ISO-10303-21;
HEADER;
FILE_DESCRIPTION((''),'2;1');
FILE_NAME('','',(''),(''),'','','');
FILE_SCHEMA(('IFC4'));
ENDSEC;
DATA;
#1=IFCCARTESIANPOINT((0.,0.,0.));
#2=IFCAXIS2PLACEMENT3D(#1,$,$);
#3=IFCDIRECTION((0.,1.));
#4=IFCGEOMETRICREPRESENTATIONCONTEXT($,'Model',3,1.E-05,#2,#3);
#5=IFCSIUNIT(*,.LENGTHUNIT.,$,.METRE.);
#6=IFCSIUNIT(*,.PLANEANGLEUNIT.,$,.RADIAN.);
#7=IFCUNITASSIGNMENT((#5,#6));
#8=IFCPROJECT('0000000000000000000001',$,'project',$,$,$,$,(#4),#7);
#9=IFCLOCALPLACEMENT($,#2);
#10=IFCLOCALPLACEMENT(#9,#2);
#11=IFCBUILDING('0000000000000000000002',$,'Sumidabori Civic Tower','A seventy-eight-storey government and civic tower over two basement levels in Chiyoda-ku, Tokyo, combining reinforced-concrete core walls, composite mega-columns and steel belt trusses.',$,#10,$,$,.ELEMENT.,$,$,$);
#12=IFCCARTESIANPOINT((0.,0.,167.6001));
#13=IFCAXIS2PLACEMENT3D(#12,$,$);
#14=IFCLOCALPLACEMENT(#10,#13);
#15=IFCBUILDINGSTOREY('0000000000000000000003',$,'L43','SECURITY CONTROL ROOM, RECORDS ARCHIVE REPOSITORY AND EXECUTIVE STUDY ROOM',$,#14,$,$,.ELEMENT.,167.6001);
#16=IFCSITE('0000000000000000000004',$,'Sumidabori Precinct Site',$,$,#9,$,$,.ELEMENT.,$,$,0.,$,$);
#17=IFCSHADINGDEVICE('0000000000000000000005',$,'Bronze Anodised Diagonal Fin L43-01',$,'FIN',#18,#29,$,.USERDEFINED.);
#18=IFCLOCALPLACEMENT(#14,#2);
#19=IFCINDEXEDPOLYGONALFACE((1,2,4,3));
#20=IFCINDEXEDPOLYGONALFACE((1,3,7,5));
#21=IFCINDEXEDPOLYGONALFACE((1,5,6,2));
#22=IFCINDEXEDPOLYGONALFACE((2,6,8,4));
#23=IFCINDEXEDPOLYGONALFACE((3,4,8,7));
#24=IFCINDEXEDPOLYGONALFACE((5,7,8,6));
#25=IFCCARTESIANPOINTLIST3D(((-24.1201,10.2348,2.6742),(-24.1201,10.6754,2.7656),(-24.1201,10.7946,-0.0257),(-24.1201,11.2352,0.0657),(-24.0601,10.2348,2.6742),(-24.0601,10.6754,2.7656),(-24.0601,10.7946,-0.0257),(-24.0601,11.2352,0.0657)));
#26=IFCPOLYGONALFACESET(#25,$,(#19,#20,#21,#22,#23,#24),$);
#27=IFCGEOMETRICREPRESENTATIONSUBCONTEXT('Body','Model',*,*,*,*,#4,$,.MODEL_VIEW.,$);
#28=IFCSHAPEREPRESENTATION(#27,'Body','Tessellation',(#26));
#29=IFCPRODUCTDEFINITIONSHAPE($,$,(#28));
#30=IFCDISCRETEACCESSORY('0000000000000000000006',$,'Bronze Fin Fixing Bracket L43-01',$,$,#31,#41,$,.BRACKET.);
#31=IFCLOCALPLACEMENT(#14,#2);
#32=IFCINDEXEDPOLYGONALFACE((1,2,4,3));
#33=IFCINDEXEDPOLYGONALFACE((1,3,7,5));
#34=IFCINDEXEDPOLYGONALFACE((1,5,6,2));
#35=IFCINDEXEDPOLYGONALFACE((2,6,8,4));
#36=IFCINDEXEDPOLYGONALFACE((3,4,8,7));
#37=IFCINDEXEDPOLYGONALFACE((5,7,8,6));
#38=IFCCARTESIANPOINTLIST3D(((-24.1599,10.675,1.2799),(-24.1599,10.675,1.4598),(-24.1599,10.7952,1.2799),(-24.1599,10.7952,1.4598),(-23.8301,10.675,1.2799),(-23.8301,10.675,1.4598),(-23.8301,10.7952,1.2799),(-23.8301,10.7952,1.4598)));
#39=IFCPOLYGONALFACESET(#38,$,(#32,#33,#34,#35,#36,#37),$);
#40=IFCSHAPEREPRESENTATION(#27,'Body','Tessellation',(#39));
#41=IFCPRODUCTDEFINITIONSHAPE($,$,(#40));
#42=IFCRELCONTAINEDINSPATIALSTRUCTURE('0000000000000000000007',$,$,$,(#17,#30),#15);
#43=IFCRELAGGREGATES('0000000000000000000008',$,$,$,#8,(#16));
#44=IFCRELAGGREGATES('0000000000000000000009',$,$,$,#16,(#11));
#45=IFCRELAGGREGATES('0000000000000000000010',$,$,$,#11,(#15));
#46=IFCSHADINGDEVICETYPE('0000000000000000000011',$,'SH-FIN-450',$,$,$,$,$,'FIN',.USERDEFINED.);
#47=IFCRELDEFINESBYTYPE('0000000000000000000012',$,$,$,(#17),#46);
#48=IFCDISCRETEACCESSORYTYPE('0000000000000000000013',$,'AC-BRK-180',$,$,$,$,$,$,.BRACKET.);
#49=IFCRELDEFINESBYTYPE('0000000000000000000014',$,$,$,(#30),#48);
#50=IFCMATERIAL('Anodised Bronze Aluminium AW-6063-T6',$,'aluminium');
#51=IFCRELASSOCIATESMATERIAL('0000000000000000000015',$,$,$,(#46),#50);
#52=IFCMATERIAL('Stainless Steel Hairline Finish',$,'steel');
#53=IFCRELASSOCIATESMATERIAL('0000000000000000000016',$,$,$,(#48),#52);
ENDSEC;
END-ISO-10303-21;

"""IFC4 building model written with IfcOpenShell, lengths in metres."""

from ifc_helpers import new_model, si_unit, direction, frame, origin, origin_2d, place, context, subcontext, project, spatial, rectangle, extrude, source, transform, mapped, material, material_profile, profile_set, type_object, element, save


model = new_model("IFC4")

# Units and contexts
model_context = context("Model", 3, precision=1e-05, world=origin(), true_north=direction((0.0, 1.0)))
body_context = subcontext(model_context, "Body", "Model", "MODEL_VIEW")
ifc_project = project(units=[si_unit("LENGTHUNIT", "METRE"), si_unit("PLANEANGLEUNIT", "RADIAN")], contexts=[model_context])

# Site, building, storey
site_placement = place(None, origin())
site = spatial("IfcSite", under=ifc_project, at=site_placement, Name="Sumidabori Precinct Site", CompositionType="ELEMENT", RefElevation=0.0)
building_placement = place(site_placement, origin())
building = spatial("IfcBuilding", under=site, at=building_placement, Name="Sumidabori Civic Tower", Description="A seventy-eight-storey government and civic tower over two basement levels in Chiyoda-ku, Tokyo, combining reinforced-concrete core walls, composite mega-columns and steel belt trusses.", CompositionType="ELEMENT")
storey_placement = place(building_placement, frame((0.0, 0.0, 167.6001)))
storey = spatial("IfcBuildingStorey", under=building, at=storey_placement, Name="L43", Description="SECURITY CONTROL ROOM, RECORDS ARCHIVE REPOSITORY AND EXECUTIVE STUDY ROOM", CompositionType="ELEMENT", Elevation=167.6001)

# Shared definitions
ifc_material_1 = material(Name="Anodised Bronze Aluminium AW-6063-T6", Category="aluminium")

# Shading device
ifc_material_profile_1 = material_profile(ifc_material_1, rectangle(XDim=0.0601, YDim=0.45, at=origin_2d()), Name="BRONZE FIN 450x60")
ifc_profile_set_1 = profile_set([ifc_material_profile_1], Name="Anodised Bronze Aluminium AW-6063-T6")
shading_device_type = type_object("IfcShadingDeviceType", Name="SH-FIN-450", ElementType="FIN", PredefinedType="USERDEFINED", material=ifc_profile_set_1)
shared_shape_1 = source(origin(), body_context, "Body", "SweptSolid", [
    extrude(rectangle(XDim=0.0601, YDim=0.45, at=origin_2d()), origin(), (0.0, 0.0, 1.0), 2.7573),
])
shading_device_placement = place(storey_placement, frame((-24.0901, 11.0149, 0.02), z_axis=(0.0, -0.203024, 0.979174), x_axis=(-1.0, 0.0, 0.0)))
element("IfcShadingDevice", 1, at=shading_device_placement, inside=storey, type_object=shading_device_type, Name="Bronze Anodised Diagonal Fin L43-01", ObjectType="FIN", PredefinedType="USERDEFINED", context=body_context, shape_type="MappedRepresentation", body=[
    mapped(shared_shape_1, transform((0.0, 0.0, 0.0), x_axis=(1.0, 0.0, 0.0), y_axis=(0.0, 1.0, 0.0), z_axis=(0.0, 0.0, 1.0), scale=1.0)),
])

# Discrete accessory
ifc_material_2 = material(Name="Stainless Steel Hairline Finish", Category="steel")
ifc_material_profile_2 = material_profile(ifc_material_2, rectangle(XDim=0.1201, YDim=0.1799, at=origin_2d()), Name="STEEL BRACKET 180x120")
ifc_profile_set_2 = profile_set([ifc_material_profile_2], Name="Stainless Steel Hairline Finish")
discrete_accessory_type = type_object("IfcDiscreteAccessoryType", Name="AC-BRK-180", PredefinedType="BRACKET", material=ifc_profile_set_2)
shared_shape_2 = source(origin(), body_context, "Body", "SweptSolid", [
    extrude(rectangle(XDim=0.1201, YDim=0.1799, at=origin_2d()), origin(), (0.0, 0.0, 1.0), 0.3298),
])
discrete_accessory_placement = place(storey_placement, frame((-23.8301, 10.7351, 1.3699), z_axis=(-1.0, 0.0, 0.0), x_axis=(0.0, -1.0, 0.0)))
element("IfcDiscreteAccessory", 2, at=discrete_accessory_placement, inside=storey, type_object=discrete_accessory_type, Name="Bronze Fin Fixing Bracket L43-01", PredefinedType="BRACKET", context=body_context, shape_type="MappedRepresentation", body=[
    mapped(shared_shape_2, transform((0.0, 0.0, 0.0), x_axis=(1.0, 0.0, 0.0), y_axis=(0.0, 1.0, 0.0), z_axis=(0.0, 0.0, 1.0), scale=1.0)),
])

save(model, "model.ifc")
